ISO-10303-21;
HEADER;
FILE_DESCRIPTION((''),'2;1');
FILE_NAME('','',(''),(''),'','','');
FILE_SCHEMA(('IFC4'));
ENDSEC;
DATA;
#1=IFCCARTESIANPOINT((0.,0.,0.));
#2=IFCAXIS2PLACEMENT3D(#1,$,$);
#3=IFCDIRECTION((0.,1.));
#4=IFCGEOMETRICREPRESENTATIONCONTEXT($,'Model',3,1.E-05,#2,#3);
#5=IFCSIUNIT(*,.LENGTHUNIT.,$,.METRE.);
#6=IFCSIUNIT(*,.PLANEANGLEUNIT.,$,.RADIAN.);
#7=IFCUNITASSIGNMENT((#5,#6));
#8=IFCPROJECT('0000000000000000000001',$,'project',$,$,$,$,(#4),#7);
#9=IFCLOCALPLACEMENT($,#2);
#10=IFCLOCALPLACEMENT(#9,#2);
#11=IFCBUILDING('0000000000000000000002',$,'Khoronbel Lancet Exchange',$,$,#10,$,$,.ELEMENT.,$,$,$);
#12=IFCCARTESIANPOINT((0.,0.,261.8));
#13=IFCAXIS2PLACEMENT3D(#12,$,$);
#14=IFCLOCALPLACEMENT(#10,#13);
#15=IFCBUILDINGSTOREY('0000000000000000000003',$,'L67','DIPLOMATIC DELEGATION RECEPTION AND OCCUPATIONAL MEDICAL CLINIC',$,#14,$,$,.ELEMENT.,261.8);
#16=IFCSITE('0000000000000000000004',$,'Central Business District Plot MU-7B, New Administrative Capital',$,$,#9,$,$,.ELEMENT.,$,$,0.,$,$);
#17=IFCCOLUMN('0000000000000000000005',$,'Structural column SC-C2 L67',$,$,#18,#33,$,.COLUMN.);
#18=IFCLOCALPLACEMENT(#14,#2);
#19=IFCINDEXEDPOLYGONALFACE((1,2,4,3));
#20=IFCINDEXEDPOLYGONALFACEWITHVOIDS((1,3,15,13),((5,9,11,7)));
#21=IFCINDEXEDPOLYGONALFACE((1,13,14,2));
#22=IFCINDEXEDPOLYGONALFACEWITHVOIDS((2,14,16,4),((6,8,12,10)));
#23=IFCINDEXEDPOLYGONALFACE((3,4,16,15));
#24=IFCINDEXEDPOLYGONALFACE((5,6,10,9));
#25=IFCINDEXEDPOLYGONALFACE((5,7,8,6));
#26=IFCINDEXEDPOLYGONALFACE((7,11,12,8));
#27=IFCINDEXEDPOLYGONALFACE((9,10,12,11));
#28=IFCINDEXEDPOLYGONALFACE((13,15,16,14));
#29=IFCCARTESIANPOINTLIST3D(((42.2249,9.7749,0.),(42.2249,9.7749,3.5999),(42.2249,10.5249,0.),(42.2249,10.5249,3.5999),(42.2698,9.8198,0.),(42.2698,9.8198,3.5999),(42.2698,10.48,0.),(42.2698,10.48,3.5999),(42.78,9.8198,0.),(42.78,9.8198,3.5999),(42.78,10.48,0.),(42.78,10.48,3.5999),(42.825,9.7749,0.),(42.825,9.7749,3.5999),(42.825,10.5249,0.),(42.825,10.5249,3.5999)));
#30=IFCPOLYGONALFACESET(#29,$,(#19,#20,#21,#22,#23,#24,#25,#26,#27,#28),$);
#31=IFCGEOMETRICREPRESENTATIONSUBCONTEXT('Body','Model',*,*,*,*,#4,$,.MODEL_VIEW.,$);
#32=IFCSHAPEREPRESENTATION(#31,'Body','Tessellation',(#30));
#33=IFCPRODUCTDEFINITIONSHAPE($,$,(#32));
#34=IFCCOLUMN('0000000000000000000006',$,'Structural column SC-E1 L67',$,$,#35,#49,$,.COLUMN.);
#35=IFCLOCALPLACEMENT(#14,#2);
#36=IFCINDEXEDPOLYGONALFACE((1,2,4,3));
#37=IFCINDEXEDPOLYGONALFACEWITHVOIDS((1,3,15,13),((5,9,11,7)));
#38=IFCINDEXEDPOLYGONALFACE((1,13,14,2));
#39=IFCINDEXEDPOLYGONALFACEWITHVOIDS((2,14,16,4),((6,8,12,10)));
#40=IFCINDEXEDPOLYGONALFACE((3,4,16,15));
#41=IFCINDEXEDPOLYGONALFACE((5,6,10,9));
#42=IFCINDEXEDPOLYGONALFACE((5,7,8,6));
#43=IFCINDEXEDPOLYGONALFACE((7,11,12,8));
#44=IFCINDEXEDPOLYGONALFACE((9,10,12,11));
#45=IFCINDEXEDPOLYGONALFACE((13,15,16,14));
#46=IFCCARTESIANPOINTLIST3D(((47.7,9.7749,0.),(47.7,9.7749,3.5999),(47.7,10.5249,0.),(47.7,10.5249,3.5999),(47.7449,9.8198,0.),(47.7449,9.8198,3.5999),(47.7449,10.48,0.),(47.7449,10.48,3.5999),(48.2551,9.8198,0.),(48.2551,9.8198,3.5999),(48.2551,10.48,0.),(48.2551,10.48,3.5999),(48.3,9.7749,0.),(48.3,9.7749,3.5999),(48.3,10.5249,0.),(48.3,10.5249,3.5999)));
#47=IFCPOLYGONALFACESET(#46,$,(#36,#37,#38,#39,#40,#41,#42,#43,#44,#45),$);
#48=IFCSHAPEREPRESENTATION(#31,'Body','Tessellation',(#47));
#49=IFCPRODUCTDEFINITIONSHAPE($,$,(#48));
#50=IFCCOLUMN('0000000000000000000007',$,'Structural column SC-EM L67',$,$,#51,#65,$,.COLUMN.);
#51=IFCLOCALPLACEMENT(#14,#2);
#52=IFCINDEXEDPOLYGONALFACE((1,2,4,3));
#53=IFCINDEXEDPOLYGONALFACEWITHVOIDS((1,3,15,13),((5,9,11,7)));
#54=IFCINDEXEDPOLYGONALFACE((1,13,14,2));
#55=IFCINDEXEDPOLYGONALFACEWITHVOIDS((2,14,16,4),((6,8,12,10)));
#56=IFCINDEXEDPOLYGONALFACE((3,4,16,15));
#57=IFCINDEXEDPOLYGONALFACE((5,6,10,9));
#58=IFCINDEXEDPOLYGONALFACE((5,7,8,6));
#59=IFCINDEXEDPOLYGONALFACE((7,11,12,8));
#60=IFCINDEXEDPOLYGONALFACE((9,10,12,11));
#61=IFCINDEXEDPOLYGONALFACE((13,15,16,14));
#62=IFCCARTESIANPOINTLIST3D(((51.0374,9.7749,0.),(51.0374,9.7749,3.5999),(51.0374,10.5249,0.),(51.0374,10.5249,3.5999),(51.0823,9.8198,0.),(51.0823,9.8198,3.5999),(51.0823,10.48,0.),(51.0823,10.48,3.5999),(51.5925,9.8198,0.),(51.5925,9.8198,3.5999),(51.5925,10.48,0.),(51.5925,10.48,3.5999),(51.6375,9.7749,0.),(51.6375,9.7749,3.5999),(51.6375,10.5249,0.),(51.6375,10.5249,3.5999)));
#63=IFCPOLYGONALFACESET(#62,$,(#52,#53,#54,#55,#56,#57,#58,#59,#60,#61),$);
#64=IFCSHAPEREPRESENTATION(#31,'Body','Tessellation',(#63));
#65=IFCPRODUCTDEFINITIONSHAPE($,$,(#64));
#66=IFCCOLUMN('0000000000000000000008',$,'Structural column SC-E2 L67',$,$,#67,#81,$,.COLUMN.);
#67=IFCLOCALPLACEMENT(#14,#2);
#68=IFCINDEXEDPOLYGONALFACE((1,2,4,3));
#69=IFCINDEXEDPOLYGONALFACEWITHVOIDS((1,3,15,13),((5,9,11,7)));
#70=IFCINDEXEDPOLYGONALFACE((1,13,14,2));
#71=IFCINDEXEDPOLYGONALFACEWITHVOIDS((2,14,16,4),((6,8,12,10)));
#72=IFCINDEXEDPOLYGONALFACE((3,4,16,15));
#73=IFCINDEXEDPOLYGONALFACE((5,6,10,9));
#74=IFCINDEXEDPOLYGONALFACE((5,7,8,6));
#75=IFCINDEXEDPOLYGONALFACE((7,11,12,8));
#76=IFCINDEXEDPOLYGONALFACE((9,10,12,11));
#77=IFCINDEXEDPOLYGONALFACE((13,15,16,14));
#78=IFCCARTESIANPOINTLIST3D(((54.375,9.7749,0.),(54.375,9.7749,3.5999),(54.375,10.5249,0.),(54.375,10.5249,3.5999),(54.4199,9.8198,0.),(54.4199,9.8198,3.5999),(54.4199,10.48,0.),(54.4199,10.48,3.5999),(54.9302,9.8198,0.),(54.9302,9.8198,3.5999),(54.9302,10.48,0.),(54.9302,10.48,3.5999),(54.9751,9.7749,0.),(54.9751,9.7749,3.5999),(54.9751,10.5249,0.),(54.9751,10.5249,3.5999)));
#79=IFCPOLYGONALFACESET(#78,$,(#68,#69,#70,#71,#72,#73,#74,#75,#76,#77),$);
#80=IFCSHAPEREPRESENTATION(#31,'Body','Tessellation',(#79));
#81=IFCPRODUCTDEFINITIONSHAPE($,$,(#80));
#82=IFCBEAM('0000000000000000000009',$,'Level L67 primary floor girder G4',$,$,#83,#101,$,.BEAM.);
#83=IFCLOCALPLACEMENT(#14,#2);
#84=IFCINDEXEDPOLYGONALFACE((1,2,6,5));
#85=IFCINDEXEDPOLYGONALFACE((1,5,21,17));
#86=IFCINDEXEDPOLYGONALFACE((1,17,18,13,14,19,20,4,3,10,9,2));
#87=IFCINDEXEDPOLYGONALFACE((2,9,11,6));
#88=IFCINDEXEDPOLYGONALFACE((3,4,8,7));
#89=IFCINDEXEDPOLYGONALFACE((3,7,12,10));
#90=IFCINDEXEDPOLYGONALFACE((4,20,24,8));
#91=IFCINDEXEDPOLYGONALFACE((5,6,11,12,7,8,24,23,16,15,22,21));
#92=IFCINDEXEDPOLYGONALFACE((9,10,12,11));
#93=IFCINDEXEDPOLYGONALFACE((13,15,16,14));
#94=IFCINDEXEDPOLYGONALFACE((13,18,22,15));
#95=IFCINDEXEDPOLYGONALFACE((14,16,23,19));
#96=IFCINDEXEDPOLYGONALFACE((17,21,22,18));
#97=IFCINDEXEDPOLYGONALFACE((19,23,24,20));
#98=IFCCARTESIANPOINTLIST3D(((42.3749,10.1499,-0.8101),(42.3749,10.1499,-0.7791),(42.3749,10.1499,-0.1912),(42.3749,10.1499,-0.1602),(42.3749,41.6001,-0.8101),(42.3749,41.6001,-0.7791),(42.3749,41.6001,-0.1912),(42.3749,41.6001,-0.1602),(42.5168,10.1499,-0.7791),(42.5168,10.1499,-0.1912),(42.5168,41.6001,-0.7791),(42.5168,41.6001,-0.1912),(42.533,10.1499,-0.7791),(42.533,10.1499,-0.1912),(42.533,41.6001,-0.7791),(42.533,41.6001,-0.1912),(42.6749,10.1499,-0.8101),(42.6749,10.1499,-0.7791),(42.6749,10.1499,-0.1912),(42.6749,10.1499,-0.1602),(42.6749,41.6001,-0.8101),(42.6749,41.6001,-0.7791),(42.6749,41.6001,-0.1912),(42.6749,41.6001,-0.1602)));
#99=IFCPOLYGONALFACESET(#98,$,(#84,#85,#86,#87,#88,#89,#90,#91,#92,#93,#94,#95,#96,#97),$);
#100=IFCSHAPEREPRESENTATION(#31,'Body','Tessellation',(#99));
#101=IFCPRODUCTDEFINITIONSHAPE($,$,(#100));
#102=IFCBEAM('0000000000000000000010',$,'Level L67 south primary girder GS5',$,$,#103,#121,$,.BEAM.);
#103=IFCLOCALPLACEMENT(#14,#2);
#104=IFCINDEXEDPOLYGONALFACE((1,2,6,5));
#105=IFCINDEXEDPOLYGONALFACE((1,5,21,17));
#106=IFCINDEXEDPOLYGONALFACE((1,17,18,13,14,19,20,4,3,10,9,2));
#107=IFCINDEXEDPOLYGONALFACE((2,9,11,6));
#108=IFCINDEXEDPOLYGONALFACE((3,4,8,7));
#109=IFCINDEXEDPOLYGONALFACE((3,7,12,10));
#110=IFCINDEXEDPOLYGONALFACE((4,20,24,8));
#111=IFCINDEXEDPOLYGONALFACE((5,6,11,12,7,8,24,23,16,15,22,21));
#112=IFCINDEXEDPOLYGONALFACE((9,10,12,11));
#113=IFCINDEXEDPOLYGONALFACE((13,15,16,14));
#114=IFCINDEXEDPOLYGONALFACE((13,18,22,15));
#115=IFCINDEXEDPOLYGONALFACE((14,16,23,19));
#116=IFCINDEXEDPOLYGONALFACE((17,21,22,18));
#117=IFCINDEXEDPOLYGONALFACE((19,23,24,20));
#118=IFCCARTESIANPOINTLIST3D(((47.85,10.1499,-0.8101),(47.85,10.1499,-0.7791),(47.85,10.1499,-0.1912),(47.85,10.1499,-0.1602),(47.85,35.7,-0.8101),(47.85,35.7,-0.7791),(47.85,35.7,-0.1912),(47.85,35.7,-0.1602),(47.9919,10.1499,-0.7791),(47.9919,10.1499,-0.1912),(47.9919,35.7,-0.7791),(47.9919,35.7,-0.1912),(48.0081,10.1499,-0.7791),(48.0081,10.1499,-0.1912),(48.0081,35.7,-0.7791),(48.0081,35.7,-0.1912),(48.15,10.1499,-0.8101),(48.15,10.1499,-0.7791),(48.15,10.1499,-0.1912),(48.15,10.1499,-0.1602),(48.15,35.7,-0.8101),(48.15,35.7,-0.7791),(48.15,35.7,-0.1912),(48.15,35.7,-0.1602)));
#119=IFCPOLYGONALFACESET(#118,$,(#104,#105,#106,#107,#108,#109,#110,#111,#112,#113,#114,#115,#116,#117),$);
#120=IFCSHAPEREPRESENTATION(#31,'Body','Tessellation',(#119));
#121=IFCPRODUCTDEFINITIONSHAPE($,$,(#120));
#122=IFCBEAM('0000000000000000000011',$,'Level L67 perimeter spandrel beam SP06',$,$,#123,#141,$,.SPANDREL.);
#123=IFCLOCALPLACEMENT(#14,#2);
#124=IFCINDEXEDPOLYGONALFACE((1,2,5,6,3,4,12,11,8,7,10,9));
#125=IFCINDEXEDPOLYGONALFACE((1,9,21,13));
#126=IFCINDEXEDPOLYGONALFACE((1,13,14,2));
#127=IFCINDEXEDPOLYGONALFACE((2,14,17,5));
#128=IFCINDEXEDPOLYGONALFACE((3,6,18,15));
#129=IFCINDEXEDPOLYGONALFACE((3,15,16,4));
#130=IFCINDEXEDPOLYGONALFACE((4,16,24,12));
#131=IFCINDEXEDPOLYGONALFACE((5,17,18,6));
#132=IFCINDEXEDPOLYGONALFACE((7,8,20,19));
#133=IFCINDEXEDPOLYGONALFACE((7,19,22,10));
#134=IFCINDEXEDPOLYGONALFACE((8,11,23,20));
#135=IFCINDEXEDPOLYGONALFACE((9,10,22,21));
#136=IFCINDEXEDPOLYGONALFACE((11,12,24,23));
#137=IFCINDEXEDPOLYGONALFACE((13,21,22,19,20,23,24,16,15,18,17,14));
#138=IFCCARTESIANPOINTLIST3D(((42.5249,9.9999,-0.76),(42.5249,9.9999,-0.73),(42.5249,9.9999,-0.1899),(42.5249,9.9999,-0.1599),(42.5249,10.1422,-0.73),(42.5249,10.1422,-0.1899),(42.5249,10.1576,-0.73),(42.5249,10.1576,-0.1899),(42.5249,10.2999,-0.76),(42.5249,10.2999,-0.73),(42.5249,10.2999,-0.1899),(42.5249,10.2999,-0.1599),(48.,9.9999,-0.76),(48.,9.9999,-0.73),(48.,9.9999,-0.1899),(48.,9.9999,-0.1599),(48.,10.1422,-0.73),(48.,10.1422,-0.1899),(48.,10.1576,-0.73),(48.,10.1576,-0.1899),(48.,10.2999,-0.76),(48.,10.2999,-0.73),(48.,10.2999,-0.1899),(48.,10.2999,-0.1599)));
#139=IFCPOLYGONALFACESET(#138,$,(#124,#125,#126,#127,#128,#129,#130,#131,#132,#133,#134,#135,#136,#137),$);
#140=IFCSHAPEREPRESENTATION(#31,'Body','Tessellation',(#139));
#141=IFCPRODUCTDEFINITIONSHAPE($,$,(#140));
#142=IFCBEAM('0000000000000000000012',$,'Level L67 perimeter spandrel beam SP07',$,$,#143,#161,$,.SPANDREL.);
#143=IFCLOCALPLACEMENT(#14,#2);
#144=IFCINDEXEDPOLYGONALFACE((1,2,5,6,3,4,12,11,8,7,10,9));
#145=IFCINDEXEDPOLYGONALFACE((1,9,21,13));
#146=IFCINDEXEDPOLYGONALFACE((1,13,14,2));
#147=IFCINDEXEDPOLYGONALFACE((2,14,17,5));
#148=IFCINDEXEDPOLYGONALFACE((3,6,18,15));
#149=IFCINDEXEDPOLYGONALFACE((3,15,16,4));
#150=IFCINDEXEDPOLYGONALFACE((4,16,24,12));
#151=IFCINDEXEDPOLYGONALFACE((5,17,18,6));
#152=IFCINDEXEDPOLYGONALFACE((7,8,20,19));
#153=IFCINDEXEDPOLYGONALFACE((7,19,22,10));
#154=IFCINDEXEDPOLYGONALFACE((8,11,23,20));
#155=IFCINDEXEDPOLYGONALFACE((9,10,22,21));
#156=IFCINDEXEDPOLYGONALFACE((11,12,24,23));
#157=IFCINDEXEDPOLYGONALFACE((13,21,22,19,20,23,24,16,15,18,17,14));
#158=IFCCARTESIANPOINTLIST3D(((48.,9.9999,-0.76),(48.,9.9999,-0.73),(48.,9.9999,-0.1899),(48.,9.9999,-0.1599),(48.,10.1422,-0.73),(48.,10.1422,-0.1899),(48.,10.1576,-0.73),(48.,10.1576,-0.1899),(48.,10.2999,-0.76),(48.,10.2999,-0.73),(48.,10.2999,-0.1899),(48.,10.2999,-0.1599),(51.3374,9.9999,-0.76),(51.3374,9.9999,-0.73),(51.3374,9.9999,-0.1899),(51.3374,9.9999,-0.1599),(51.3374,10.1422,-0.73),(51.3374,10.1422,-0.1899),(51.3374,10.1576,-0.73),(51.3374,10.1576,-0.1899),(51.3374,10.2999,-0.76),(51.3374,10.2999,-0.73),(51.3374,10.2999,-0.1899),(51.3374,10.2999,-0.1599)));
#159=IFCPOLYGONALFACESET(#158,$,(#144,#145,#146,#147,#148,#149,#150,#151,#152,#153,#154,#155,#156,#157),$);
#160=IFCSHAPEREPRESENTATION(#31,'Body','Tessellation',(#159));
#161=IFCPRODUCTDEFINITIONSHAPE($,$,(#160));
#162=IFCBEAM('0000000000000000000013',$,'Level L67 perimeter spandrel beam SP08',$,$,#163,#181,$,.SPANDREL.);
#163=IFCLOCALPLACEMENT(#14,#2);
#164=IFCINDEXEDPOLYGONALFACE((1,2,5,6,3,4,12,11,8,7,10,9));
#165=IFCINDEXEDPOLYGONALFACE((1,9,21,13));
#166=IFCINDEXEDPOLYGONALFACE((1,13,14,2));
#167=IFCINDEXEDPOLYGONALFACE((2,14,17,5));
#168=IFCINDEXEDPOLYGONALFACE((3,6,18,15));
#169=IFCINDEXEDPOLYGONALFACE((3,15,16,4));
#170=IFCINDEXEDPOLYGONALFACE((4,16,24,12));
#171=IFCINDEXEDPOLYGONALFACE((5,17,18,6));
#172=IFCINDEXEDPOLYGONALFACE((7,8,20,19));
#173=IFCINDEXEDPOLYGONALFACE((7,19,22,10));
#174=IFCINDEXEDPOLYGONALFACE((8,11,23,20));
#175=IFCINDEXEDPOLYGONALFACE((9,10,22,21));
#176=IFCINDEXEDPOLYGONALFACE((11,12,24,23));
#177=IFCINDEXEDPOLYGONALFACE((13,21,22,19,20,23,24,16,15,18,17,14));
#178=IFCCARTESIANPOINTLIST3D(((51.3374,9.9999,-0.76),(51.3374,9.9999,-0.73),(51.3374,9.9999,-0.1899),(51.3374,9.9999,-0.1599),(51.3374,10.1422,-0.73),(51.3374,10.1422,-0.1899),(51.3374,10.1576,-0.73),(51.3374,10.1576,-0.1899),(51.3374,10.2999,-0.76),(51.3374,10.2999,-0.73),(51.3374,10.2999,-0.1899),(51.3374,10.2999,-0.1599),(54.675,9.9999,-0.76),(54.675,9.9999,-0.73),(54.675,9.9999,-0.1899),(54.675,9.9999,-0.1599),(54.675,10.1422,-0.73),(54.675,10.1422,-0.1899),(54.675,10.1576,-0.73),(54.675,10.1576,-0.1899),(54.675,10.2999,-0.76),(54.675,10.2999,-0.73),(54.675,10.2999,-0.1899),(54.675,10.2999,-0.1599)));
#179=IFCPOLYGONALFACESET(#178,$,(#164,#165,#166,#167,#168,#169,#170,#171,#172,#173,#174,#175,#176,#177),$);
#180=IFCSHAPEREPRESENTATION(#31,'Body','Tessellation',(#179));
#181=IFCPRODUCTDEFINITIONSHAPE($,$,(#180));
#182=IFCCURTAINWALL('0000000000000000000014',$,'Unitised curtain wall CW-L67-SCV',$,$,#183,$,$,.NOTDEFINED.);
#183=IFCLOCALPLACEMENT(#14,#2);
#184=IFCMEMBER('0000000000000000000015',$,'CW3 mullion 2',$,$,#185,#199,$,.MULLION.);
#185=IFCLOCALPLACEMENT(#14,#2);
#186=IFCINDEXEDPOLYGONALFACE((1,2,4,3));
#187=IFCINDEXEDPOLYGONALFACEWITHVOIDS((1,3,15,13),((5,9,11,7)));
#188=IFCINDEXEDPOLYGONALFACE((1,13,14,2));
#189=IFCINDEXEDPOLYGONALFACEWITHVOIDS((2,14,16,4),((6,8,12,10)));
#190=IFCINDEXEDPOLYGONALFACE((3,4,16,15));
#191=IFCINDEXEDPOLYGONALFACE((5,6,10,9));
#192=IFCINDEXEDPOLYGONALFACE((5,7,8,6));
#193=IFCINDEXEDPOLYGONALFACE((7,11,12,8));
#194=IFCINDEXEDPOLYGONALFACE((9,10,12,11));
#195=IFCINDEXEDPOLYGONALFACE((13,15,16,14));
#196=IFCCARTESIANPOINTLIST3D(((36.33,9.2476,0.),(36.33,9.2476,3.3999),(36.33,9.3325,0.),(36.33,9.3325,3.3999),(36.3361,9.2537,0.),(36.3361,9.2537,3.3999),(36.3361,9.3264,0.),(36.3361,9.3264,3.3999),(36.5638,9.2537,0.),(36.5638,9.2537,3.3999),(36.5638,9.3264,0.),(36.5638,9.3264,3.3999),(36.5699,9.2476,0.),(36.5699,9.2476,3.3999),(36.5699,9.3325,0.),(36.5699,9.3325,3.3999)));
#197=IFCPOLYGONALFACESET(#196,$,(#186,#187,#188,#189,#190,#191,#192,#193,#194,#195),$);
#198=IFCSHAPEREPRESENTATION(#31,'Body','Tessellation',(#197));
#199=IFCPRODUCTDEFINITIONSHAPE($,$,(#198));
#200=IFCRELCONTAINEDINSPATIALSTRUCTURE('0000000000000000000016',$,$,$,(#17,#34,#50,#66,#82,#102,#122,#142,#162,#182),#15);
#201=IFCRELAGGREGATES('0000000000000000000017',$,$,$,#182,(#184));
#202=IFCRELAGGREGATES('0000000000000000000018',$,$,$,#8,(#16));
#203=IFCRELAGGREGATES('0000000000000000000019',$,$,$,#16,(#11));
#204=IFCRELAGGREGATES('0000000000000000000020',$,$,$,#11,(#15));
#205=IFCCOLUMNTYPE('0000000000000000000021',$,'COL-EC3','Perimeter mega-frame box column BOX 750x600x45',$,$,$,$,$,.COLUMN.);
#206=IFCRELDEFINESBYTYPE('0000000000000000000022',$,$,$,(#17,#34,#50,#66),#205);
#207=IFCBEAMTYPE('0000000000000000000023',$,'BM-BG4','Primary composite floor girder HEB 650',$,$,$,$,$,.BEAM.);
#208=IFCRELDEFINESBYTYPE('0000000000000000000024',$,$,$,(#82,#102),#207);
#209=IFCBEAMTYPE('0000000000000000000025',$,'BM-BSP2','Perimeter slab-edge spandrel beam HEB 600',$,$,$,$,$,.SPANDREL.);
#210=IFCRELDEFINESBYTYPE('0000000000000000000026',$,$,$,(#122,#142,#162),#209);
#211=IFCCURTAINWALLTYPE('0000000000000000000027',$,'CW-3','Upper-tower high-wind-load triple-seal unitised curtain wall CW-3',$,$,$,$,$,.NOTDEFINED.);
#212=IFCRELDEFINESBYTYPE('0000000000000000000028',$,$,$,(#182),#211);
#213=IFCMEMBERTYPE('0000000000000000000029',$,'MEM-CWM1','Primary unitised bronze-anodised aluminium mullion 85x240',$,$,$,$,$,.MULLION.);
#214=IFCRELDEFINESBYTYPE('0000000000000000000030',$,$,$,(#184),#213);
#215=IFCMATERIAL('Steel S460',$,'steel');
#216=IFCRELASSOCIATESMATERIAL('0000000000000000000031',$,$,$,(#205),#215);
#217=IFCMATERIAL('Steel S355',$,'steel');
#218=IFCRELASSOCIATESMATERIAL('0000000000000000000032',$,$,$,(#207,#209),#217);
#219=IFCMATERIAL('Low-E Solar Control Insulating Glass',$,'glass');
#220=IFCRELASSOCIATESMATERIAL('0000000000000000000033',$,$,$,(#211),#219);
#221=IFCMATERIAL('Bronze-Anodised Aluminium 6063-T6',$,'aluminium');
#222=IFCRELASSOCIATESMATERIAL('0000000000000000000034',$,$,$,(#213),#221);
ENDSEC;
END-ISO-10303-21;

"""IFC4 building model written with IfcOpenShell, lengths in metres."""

from ifc_helpers import new_model, si_unit, direction, frame, origin, origin_2d, place, context, subcontext, project, spatial, hollow_rectangle, i_section, extrude, material, material_profile, profile_set, type_object, element, aggregate, save


model = new_model("IFC4")

# Units and contexts
model_context = context("Model", 3, precision=1e-05, world=origin(), true_north=direction((0.0, 1.0)))
body_context = subcontext(model_context, "Body", "Model", "MODEL_VIEW")
ifc_project = project(units=[si_unit("LENGTHUNIT", "METRE"), si_unit("PLANEANGLEUNIT", "RADIAN")], contexts=[model_context])

# Site, building, storey
site_placement = place(None, origin())
site = spatial("IfcSite", under=ifc_project, at=site_placement, Name="Central Business District Plot MU-7B, New Administrative Capital", CompositionType="ELEMENT", RefElevation=0.0)
building_placement = place(site_placement, origin())
building = spatial("IfcBuilding", under=site, at=building_placement, Name="Khoronbel Lancet Exchange", CompositionType="ELEMENT")
storey_placement = place(building_placement, frame((0.0, 0.0, 261.8)))
storey = spatial("IfcBuildingStorey", under=building, at=storey_placement, Name="L67", Description="DIPLOMATIC DELEGATION RECEPTION AND OCCUPATIONAL MEDICAL CLINIC", CompositionType="ELEMENT", Elevation=261.8)

# Columns
ifc_material_1 = material(Name="Steel S460", Category="steel")
ifc_material_profile_1 = material_profile(ifc_material_1, hollow_rectangle(XDim=0.6001, YDim=0.75, WallThickness=0.0449, at=origin_2d()), Name="BOX 750x600x45")
ifc_profile_set_1 = profile_set([ifc_material_profile_1], Name="Steel S460")
column_type = type_object("IfcColumnType", Name="COL-EC3", Description="Perimeter mega-frame box column BOX 750x600x45", PredefinedType="COLUMN", material=ifc_profile_set_1)
for number, where, z_axis, x_axis, name in (
    (1, (42.5249, 10.1499, 0.0), (0.0, 0.0, 1.0), (1.0, 0.0, 0.0), "Structural column SC-C2 L67"),
    (2, (48.0, 10.1499, 0.0), (0.0, 0.0, 1.0), (1.0, 0.0, 0.0), "Structural column SC-E1 L67"),
    (3, (51.3374, 10.1499, 0.0), (0.0, 0.0, 1.0), (1.0, 0.0, 0.0), "Structural column SC-EM L67"),
    (4, (54.675, 10.1499, 0.0), (0.0, 0.0, 1.0), (1.0, 0.0, 0.0), "Structural column SC-E2 L67"),
):
    element("IfcColumn", number, at=place(storey_placement, frame(where, z_axis=z_axis, x_axis=x_axis)), inside=storey, type_object=column_type, Name=name, PredefinedType="COLUMN", context=body_context, shape_type="SweptSolid", body=[
        extrude(hollow_rectangle(XDim=0.6001, YDim=0.75, WallThickness=0.0449, at=origin_2d()), origin(), (0.0, 0.0, 1.0), 3.5999),
    ])

# Beams
ifc_material_2 = material(Name="Steel S355", Category="steel")
ifc_material_profile_2 = material_profile(ifc_material_2, i_section(OverallWidth=0.3, OverallDepth=0.6499, WebThickness=0.0161, FlangeThickness=0.031, at=origin_2d()), Name="HEB 650")
ifc_profile_set_2 = profile_set([ifc_material_profile_2], Name="Steel S355")
beam_type_1 = type_object("IfcBeamType", Name="BM-BG4", Description="Primary composite floor girder HEB 650", PredefinedType="BEAM", material=ifc_profile_set_2)
beam_1_placement = place(storey_placement, frame((42.5249, 10.1499, -0.4851), z_axis=(0.0, 1.0, 0.0), x_axis=(-1.0, 0.0, 0.0)))
element("IfcBeam", 5, at=beam_1_placement, inside=storey, type_object=beam_type_1, Name="Level L67 primary floor girder G4", PredefinedType="BEAM", context=body_context, shape_type="SweptSolid", body=[
    extrude(i_section(OverallWidth=0.3, OverallDepth=0.6499, WebThickness=0.0161, FlangeThickness=0.031, at=origin_2d()), origin(), (0.0, 0.0, 1.0), 31.4502),
])
beam_2_placement = place(storey_placement, frame((48.0, 10.1499, -0.4851), z_axis=(0.0, 1.0, 0.0), x_axis=(-1.0, 0.0, 0.0)))
element("IfcBeam", 6, at=beam_2_placement, inside=storey, type_object=beam_type_1, Name="Level L67 south primary girder GS5", PredefinedType="BEAM", context=body_context, shape_type="SweptSolid", body=[
    extrude(i_section(OverallWidth=0.3, OverallDepth=0.6499, WebThickness=0.0161, FlangeThickness=0.031, at=origin_2d()), origin(), (0.0, 0.0, 1.0), 25.55),
])
ifc_material_profile_3 = material_profile(ifc_material_2, i_section(OverallWidth=0.3, OverallDepth=0.6001, WebThickness=0.0154, FlangeThickness=0.03, at=origin_2d()), Name="HEB 600")
ifc_profile_set_3 = profile_set([ifc_material_profile_3], Name="Steel S355")
beam_type_2 = type_object("IfcBeamType", Name="BM-BSP2", Description="Perimeter slab-edge spandrel beam HEB 600", PredefinedType="SPANDREL", material=ifc_profile_set_3)
beam_3_placement = place(storey_placement, frame((42.5249, 10.1499, -0.46), z_axis=(1.0, 0.0, 0.0), x_axis=(0.0, 1.0, 0.0)))
element("IfcBeam", 7, at=beam_3_placement, inside=storey, type_object=beam_type_2, Name="Level L67 perimeter spandrel beam SP06", PredefinedType="SPANDREL", context=body_context, shape_type="SweptSolid", body=[
    extrude(i_section(OverallWidth=0.3, OverallDepth=0.6001, WebThickness=0.0154, FlangeThickness=0.03, at=origin_2d()), origin(), (0.0, 0.0, 1.0), 5.4751),
])
beam_4_placement = place(storey_placement, frame((48.0, 10.1499, -0.46), z_axis=(1.0, 0.0, 0.0), x_axis=(0.0, 1.0, 0.0)))
element("IfcBeam", 8, at=beam_4_placement, inside=storey, type_object=beam_type_2, Name="Level L67 perimeter spandrel beam SP07", PredefinedType="SPANDREL", context=body_context, shape_type="SweptSolid", body=[
    extrude(i_section(OverallWidth=0.3, OverallDepth=0.6001, WebThickness=0.0154, FlangeThickness=0.03, at=origin_2d()), origin(), (0.0, 0.0, 1.0), 3.3374),
])
beam_5_placement = place(storey_placement, frame((51.3374, 10.1499, -0.46), z_axis=(1.0, 0.0, 0.0), x_axis=(0.0, 1.0, 0.0)))
element("IfcBeam", 9, at=beam_5_placement, inside=storey, type_object=beam_type_2, Name="Level L67 perimeter spandrel beam SP08", PredefinedType="SPANDREL", context=body_context, shape_type="SweptSolid", body=[
    extrude(i_section(OverallWidth=0.3, OverallDepth=0.6001, WebThickness=0.0154, FlangeThickness=0.03, at=origin_2d()), origin(), (0.0, 0.0, 1.0), 3.3376),
])

# Curtain wall, member
ifc_material_3 = material(Name="Low-E Solar Control Insulating Glass", Category="glass")
curtain_wall_type = type_object("IfcCurtainWallType", Name="CW-3", Description="Upper-tower high-wind-load triple-seal unitised curtain wall CW-3", PredefinedType="NOTDEFINED", material=ifc_material_3)
curtain_wall_1_placement = place(storey_placement, origin())
curtain_wall_1 = element("IfcCurtainWall", 10, at=curtain_wall_1_placement, inside=storey, type_object=curtain_wall_type, Name="Unitised curtain wall CW-L67-SCV", PredefinedType="NOTDEFINED")
ifc_material_4 = material(Name="Bronze-Anodised Aluminium 6063-T6", Category="aluminium")
ifc_material_profile_4 = material_profile(ifc_material_4, hollow_rectangle(XDim=0.085, YDim=0.24, WallThickness=0.0061, at=origin_2d()), Name="ALU MULLION 85x240")
ifc_profile_set_4 = profile_set([ifc_material_profile_4], Name="Bronze-Anodised Aluminium 6063-T6")
member_type_1 = type_object("IfcMemberType", Name="MEM-CWM1", Description="Primary unitised bronze-anodised aluminium mullion 85x240", PredefinedType="MULLION", material=ifc_profile_set_4)
member_1_placement = place(storey_placement, frame((36.45, 9.29, 0.0), z_axis=(0.0, 0.0, 1.0), x_axis=(0.0, 1.0, 0.0)))
member_1 = element("IfcMember", 11, at=member_1_placement, type_object=member_type_1, Name="CW3 mullion 2", PredefinedType="MULLION", context=body_context, shape_type="SweptSolid", body=[
    extrude(hollow_rectangle(XDim=0.085, YDim=0.24, WallThickness=0.0061, at=origin_2d()), origin(), (0.0, 0.0, 1.0), 3.3999),
])

aggregate(curtain_wall_1, [member_1])

save(model, "model.ifc")
